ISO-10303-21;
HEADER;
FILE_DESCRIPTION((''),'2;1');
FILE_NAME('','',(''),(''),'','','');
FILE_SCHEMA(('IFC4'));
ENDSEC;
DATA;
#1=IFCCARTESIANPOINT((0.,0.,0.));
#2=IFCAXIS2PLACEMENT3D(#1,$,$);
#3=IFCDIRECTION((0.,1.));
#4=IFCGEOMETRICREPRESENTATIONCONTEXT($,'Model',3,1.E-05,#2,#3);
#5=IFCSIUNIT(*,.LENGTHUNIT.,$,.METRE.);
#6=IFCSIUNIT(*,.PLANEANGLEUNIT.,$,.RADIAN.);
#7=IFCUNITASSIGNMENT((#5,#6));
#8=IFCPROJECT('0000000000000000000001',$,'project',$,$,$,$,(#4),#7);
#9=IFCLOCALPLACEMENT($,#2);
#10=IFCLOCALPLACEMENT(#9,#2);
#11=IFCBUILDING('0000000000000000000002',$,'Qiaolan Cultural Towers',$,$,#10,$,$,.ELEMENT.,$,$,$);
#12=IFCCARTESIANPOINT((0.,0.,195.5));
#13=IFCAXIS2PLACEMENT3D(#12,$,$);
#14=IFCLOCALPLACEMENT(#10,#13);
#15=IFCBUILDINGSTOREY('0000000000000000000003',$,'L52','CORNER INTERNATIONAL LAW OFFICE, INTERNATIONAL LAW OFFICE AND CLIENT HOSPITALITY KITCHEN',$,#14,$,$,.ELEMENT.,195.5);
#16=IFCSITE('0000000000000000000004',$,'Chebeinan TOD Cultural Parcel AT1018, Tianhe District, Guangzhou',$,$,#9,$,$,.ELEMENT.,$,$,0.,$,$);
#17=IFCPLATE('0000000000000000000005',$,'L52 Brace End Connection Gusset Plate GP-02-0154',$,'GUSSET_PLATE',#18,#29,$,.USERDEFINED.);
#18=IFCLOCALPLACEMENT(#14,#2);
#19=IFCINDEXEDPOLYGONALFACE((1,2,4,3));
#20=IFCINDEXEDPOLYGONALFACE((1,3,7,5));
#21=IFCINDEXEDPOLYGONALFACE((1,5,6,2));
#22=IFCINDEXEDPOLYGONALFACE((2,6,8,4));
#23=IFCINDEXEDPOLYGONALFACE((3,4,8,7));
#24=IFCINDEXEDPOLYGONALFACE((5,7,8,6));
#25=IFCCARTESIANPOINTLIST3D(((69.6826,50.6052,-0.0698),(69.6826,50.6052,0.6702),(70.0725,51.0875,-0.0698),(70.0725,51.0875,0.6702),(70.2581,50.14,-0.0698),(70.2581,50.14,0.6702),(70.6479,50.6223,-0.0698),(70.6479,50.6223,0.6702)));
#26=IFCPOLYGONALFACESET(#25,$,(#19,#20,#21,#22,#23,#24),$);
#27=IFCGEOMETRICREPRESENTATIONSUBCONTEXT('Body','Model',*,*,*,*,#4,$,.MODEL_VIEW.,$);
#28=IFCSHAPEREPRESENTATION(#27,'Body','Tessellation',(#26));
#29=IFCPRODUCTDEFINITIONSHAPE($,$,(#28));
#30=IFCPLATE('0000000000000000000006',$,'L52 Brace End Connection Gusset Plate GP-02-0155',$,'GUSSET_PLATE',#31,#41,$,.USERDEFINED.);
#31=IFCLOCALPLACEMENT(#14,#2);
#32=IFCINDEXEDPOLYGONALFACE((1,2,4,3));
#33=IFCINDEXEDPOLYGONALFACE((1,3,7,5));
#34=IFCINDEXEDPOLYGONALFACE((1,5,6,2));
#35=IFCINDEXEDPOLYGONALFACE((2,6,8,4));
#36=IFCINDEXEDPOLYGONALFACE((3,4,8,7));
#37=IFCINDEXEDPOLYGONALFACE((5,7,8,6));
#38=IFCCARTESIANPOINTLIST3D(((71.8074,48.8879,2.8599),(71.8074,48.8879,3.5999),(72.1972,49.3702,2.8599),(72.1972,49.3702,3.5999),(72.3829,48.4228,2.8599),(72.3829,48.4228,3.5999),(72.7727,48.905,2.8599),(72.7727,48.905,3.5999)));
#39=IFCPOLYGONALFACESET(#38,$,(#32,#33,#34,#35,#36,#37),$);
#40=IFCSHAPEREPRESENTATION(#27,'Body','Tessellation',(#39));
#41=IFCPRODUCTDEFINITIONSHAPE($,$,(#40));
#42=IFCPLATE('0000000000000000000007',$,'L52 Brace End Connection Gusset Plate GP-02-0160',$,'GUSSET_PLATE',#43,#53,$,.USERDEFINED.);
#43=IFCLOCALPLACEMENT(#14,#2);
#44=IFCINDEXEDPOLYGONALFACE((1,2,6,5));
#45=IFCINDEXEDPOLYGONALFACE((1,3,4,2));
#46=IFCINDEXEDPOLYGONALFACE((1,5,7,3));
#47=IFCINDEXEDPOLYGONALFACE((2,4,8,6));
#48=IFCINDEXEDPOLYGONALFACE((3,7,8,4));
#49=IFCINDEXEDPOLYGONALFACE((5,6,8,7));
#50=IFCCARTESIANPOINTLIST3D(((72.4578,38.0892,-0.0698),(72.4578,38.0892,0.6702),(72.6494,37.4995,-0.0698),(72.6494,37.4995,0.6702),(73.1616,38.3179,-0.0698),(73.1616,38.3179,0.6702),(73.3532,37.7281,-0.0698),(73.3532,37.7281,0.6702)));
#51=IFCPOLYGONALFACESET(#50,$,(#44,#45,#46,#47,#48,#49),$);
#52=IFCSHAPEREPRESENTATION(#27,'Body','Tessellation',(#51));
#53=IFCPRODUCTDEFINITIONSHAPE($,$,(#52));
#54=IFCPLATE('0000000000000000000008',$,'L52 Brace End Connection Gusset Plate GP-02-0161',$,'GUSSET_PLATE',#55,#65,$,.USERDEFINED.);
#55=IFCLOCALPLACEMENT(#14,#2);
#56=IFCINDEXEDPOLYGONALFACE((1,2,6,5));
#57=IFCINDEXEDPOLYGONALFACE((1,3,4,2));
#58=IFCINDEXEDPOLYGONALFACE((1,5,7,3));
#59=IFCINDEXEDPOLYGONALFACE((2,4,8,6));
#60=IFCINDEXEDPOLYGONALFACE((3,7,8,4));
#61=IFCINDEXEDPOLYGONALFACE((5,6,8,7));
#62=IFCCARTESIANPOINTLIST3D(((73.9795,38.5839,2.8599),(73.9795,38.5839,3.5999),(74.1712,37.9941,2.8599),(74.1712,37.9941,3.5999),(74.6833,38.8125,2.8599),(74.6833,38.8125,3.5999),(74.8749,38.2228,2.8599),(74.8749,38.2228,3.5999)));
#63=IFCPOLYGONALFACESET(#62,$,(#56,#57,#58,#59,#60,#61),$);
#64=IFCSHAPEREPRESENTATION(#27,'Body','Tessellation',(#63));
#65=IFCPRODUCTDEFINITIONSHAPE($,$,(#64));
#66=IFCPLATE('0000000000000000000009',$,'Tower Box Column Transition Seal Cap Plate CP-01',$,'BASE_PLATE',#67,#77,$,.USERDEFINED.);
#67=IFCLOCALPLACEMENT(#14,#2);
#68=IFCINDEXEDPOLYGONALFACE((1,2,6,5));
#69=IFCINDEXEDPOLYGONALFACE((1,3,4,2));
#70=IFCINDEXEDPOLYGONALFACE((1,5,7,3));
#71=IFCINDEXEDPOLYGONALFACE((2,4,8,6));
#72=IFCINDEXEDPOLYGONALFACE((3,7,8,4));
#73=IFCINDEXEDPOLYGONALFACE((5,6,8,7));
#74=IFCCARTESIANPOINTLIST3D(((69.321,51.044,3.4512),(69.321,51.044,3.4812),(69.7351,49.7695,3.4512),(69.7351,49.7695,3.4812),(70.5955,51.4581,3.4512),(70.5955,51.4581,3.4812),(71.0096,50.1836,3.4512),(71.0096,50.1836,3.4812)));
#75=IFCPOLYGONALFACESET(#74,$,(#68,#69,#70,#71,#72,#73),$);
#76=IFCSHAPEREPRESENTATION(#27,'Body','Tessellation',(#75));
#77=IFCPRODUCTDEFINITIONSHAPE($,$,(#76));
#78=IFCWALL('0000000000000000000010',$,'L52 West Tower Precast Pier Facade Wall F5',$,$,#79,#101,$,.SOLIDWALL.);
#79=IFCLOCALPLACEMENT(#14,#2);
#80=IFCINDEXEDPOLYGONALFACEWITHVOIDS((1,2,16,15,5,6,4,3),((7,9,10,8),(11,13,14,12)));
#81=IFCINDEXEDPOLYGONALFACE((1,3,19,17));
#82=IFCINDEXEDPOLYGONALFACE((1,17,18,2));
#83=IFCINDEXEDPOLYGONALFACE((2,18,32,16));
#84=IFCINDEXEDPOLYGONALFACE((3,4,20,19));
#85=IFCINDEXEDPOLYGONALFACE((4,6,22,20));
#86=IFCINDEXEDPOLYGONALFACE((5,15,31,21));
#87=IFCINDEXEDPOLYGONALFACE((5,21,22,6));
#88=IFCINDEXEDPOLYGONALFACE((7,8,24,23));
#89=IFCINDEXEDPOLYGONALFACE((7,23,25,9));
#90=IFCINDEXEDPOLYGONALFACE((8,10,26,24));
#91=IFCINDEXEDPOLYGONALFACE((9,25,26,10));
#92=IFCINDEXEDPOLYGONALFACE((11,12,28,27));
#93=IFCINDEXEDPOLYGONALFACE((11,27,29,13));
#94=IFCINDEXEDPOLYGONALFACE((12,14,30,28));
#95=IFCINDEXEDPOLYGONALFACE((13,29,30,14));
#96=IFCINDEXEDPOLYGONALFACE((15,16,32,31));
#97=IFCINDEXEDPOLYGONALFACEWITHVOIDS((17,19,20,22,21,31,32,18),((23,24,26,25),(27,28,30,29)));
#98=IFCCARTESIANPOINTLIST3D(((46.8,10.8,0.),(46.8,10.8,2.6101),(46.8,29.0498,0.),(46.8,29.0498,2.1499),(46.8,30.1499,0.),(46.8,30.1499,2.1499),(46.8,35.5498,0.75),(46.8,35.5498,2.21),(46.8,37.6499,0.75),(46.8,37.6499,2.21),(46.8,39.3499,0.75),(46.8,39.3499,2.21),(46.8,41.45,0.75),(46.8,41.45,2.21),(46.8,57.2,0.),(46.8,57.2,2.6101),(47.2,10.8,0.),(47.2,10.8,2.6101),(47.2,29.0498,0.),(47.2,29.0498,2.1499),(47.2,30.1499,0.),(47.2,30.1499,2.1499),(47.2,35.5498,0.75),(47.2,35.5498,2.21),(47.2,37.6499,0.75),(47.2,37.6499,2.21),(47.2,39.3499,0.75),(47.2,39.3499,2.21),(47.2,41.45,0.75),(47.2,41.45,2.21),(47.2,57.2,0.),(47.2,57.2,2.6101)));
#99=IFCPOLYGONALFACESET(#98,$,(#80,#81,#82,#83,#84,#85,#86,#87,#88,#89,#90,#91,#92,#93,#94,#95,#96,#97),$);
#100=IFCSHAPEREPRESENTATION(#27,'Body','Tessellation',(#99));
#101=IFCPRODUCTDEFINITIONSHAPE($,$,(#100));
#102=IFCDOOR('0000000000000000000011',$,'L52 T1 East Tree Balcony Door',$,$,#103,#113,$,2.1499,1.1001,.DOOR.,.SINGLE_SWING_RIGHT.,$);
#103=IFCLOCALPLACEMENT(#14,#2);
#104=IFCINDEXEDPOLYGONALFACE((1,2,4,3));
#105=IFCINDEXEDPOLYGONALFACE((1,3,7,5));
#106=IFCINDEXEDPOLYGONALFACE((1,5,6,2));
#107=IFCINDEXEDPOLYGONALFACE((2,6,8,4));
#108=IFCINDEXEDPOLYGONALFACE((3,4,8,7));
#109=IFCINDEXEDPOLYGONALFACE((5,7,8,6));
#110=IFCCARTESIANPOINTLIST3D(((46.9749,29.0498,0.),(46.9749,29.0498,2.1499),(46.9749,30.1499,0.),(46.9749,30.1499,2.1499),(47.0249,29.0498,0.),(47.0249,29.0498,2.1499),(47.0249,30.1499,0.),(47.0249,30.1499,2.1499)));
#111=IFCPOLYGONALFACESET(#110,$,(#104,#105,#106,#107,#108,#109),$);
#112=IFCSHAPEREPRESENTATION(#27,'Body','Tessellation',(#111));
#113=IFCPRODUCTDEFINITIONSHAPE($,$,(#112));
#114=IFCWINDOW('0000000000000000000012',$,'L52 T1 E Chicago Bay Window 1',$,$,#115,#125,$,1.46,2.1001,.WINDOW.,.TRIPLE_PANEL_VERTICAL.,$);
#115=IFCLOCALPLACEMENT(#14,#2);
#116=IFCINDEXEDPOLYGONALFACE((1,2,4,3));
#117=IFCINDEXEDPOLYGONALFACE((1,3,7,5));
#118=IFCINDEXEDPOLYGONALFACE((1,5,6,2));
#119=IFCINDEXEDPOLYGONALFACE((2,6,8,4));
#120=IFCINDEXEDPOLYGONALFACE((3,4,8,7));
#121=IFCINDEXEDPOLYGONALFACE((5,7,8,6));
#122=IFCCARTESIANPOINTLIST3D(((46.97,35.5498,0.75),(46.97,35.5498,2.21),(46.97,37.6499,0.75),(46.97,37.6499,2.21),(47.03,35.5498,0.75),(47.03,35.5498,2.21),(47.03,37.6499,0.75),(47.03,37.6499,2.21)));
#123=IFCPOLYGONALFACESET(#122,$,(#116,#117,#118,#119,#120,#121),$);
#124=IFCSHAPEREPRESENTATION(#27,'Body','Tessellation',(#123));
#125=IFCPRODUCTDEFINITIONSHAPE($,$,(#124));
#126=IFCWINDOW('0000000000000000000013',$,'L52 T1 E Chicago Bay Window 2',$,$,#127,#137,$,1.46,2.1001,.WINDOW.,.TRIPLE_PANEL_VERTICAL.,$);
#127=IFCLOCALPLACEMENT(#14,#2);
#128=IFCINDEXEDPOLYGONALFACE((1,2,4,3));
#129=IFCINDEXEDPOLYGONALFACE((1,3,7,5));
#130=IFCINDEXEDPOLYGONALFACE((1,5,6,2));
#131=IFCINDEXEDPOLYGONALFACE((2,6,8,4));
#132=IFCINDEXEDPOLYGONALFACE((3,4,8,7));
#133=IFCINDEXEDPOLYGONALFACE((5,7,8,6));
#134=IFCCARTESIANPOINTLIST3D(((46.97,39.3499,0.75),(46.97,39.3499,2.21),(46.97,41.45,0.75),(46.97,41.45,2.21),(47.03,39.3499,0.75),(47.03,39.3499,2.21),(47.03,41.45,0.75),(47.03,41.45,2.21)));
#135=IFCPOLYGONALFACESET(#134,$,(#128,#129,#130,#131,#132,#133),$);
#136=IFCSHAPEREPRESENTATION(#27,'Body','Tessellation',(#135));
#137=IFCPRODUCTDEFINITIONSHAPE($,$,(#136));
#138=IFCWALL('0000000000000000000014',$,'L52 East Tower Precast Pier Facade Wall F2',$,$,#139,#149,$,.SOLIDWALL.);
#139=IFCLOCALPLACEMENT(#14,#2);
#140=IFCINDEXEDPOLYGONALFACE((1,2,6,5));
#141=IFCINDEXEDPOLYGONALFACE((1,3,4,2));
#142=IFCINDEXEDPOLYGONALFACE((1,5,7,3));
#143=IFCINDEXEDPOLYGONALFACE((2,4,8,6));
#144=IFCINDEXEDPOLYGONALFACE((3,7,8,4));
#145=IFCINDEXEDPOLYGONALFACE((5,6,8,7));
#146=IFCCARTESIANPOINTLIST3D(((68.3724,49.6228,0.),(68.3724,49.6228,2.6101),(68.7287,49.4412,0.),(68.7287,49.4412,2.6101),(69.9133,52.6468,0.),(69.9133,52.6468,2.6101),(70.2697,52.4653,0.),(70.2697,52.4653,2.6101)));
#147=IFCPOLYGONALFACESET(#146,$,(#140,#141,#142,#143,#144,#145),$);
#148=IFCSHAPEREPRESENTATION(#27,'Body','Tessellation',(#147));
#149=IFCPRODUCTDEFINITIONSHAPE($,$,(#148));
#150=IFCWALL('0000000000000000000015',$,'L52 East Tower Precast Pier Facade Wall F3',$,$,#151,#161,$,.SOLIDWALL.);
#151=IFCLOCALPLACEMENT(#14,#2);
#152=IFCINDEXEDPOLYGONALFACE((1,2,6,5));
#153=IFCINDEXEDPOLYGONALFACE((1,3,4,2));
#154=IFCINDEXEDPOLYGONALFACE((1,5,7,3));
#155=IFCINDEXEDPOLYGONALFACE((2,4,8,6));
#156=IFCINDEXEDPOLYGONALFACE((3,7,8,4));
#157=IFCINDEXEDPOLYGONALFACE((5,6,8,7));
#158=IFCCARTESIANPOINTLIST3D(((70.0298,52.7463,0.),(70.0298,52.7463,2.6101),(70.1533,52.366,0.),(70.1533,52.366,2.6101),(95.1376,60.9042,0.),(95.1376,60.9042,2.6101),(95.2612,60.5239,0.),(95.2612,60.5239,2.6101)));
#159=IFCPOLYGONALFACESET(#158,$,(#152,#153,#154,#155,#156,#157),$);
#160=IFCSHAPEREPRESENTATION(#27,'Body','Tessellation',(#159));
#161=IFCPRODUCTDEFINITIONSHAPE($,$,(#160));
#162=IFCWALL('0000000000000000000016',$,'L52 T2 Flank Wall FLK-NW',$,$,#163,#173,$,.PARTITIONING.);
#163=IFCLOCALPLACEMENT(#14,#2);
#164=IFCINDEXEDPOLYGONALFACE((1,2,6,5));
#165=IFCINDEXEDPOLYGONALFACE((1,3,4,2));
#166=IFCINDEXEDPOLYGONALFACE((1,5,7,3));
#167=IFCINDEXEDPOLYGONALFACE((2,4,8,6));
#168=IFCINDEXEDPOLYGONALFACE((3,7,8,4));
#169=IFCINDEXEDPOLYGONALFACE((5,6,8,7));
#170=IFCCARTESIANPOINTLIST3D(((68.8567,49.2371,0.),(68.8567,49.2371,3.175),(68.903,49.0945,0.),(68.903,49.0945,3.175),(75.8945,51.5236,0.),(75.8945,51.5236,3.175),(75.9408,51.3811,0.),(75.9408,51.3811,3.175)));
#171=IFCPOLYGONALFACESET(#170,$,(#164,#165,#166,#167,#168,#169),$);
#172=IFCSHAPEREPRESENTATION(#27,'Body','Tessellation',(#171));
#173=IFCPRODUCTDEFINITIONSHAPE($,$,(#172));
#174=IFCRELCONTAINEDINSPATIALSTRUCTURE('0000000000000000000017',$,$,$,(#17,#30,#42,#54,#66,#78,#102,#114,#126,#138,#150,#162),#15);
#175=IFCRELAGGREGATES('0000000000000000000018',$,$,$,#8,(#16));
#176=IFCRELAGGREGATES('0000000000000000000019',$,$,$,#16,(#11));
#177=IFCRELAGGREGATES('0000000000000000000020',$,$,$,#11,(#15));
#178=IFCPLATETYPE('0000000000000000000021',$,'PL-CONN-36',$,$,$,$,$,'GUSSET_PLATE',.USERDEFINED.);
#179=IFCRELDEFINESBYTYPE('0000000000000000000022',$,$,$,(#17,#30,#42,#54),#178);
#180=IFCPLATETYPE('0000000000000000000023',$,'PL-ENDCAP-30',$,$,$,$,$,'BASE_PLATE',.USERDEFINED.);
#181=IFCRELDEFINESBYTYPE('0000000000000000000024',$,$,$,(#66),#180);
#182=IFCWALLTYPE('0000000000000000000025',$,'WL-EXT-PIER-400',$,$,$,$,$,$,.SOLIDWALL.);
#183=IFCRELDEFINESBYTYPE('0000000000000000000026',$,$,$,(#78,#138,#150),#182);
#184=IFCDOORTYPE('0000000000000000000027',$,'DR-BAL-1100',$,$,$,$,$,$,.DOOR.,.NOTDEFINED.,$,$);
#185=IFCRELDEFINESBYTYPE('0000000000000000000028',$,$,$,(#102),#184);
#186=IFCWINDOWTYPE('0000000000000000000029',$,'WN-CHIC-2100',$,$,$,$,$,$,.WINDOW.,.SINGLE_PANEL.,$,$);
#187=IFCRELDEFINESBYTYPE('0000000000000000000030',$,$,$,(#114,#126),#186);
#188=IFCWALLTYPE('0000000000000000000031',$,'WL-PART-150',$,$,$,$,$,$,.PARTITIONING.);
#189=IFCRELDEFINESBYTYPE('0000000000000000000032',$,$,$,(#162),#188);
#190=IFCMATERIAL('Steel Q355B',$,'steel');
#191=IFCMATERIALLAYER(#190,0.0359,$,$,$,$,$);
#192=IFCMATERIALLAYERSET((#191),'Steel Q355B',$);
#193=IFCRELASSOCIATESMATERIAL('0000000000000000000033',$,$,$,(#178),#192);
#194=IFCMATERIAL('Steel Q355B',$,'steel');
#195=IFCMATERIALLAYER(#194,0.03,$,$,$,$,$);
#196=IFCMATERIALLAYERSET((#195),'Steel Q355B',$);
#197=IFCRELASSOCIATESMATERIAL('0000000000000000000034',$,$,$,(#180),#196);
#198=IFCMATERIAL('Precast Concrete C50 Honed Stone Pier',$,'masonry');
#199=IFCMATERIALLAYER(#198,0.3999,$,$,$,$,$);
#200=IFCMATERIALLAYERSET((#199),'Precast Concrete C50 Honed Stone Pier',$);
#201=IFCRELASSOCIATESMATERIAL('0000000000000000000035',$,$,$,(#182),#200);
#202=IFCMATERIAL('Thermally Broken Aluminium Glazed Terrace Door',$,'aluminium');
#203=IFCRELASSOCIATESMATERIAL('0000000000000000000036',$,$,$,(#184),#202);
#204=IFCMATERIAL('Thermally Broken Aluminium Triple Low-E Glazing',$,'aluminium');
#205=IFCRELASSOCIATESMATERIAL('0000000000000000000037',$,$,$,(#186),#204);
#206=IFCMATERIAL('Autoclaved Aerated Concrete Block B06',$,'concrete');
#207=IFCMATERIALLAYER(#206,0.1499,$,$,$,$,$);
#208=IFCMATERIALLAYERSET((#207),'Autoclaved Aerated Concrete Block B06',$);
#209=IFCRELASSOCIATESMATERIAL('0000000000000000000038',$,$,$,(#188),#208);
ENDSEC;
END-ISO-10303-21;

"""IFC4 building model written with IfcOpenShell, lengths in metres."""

from ifc_helpers import new_model, si_unit, direction, frame, frame_2d, origin, origin_2d, place, context, subcontext, project, spatial, rectangle, extrude, material, layer, layer_set, type_object, element, fill, save


model = new_model("IFC4")

# Units and contexts
model_context = context("Model", 3, precision=1e-05, world=origin(), true_north=direction((0.0, 1.0)))
body_context = subcontext(model_context, "Body", "Model", "MODEL_VIEW")
ifc_project = project(units=[si_unit("LENGTHUNIT", "METRE"), si_unit("PLANEANGLEUNIT", "RADIAN")], contexts=[model_context])

# Site, building, storey
site_placement = place(None, origin())
site = spatial("IfcSite", under=ifc_project, at=site_placement, Name="Chebeinan TOD Cultural Parcel AT1018, Tianhe District, Guangzhou", CompositionType="ELEMENT", RefElevation=0.0)
building_placement = place(site_placement, origin())
building = spatial("IfcBuilding", under=site, at=building_placement, Name="Qiaolan Cultural Towers", CompositionType="ELEMENT")
storey_placement = place(building_placement, frame((0.0, 0.0, 195.5)))
storey = spatial("IfcBuildingStorey", under=building, at=storey_placement, Name="L52", Description="CORNER INTERNATIONAL LAW OFFICE, INTERNATIONAL LAW OFFICE AND CLIENT HOSPITALITY KITCHEN", CompositionType="ELEMENT", Elevation=195.5)

# Plates
ifc_material_1 = material(Name="Steel Q355B", Category="steel")
ifc_layer_1 = layer(ifc_material_1, 0.0359)
ifc_layer_set_1 = layer_set([ifc_layer_1], Name="Steel Q355B")
plate_type_1 = type_object("IfcPlateType", Name="PL-CONN-36", ElementType="GUSSET_PLATE", PredefinedType="USERDEFINED", material=ifc_layer_set_1)
for number, where, z_axis, x_axis, name in (
    (1, (70.1653, 50.6138, -0.0698), (0.0, 0.0, 1.0), (-0.777698, 0.628639, 0.0), "L52 Brace End Connection Gusset Plate GP-02-0154"),
    (2, (72.29, 48.8965, 2.8599), (0.0, 0.0, 1.0), (-0.777698, 0.628639, 0.0), "L52 Brace End Connection Gusset Plate GP-02-0155"),
    (3, (72.9055, 37.9087, -0.0698), (0.0, 0.0, 1.0), (0.951057, 0.309017, 0.0), "L52 Brace End Connection Gusset Plate GP-02-0160"),
    (4, (74.4272, 38.4033, 2.8599), (0.0, 0.0, 1.0), (0.951057, 0.309017, 0.0), "L52 Brace End Connection Gusset Plate GP-02-0161"),
):
    element("IfcPlate", number, at=place(storey_placement, frame(where, z_axis=z_axis, x_axis=x_axis)), inside=storey, type_object=plate_type_1, Name=name, ObjectType="GUSSET_PLATE", PredefinedType="USERDEFINED", context=body_context, shape_type="SweptSolid", body=[
        extrude(rectangle(XDim=0.74, YDim=0.6201, at=origin_2d()), origin(), (0.0, 0.0, 1.0), 0.74),
    ])
ifc_material_2 = material(Name="Steel Q355B", Category="steel")
ifc_layer_2 = layer(ifc_material_2, 0.03)
ifc_layer_set_2 = layer_set([ifc_layer_2], Name="Steel Q355B")
plate_type_2 = type_object("IfcPlateType", Name="PL-ENDCAP-30", ElementType="BASE_PLATE", PredefinedType="USERDEFINED", material=ifc_layer_set_2)
plate_placement = place(storey_placement, frame((70.1653, 50.6138, 3.4512), z_axis=(0.0, 0.0, 1.0), x_axis=(0.951057, 0.309017, 0.0)))
element("IfcPlate", 5, at=plate_placement, inside=storey, type_object=plate_type_2, Name="Tower Box Column Transition Seal Cap Plate CP-01", ObjectType="BASE_PLATE", PredefinedType="USERDEFINED", context=body_context, shape_type="SweptSolid", body=[
    extrude(rectangle(XDim=1.3401, YDim=1.3401, at=origin_2d()), origin(), (0.0, 0.0, 1.0), 0.03),
])

# Wall, openings, door, windows
ifc_material_3 = material(Name="Precast Concrete C50 Honed Stone Pier", Category="masonry")
ifc_layer_3 = layer(ifc_material_3, 0.3999)
ifc_layer_set_3 = layer_set([ifc_layer_3], Name="Precast Concrete C50 Honed Stone Pier")
wall_type_1 = type_object("IfcWallType", Name="WL-EXT-PIER-400", PredefinedType="SOLIDWALL", material=ifc_layer_set_3)
wall_1_placement = place(storey_placement, frame((47.0, 57.2, 0.0), z_axis=(0.0, 0.0, 1.0), x_axis=(0.0, -1.0, 0.0)))
wall_1 = element("IfcWall", 6, at=wall_1_placement, inside=storey, type_object=wall_type_1, Name="L52 West Tower Precast Pier Facade Wall F5", PredefinedType="SOLIDWALL", context=body_context, shape_type="SweptSolid", body=[
    extrude(rectangle(XDim=46.3999, YDim=0.3999, at=frame_2d((23.2, 0.0))), origin(), (0.0, 0.0, 1.0), 2.6101),
])
opening_1_placement = place(wall_1_placement, frame((19.55, 0.0, 0.75)))
opening_1 = element("IfcOpeningElement", 7, at=opening_1_placement, cuts=wall_1, PredefinedType="OPENING", context=body_context, shape_type="SweptSolid", body=[
    extrude(rectangle(XDim=2.1001, YDim=1.46, at=frame_2d((1.05, 0.73))), frame((0.0, 0.21, 0.0), z_axis=(0.0, -1.0, 0.0), x_axis=(1.0, 0.0, 0.0)), (0.0, 0.0, 1.0), 0.4199),
])
opening_2_placement = place(wall_1_placement, frame((15.75, 0.0, 0.75)))
opening_2 = element("IfcOpeningElement", 8, at=opening_2_placement, cuts=wall_1, PredefinedType="OPENING", context=body_context, shape_type="SweptSolid", body=[
    extrude(rectangle(XDim=2.1001, YDim=1.46, at=frame_2d((1.05, 0.73))), frame((0.0, 0.21, 0.0), z_axis=(0.0, -1.0, 0.0), x_axis=(1.0, 0.0, 0.0)), (0.0, 0.0, 1.0), 0.4199),
])
opening_3_placement = place(wall_1_placement, frame((27.05, 0.0, 0.0)))
opening_3 = element("IfcOpeningElement", 9, at=opening_3_placement, cuts=wall_1, PredefinedType="OPENING", context=body_context, shape_type="SweptSolid", body=[
    extrude(rectangle(XDim=1.1001, YDim=2.1499, at=frame_2d((0.55, 1.075))), frame((0.0, 0.21, 0.0), z_axis=(0.0, -1.0, 0.0), x_axis=(1.0, 0.0, 0.0)), (0.0, 0.0, 1.0), 0.4199),
])
ifc_material_4 = material(Name="Thermally Broken Aluminium Glazed Terrace Door", Category="aluminium")
door_type_1 = type_object("IfcDoorType", Name="DR-BAL-1100", OperationType="NOTDEFINED", PredefinedType="DOOR", material=ifc_material_4)
door_1_placement = place(opening_3_placement, origin())
door_1 = element("IfcDoor", 10, at=door_1_placement, inside=storey, type_object=door_type_1, Name="L52 T1 East Tree Balcony Door", OperationType="SINGLE_SWING_RIGHT", OverallHeight=2.1499, OverallWidth=1.1001, PredefinedType="DOOR", context=body_context, shape_type="SweptSolid", body=[
    extrude(rectangle(XDim=1.1001, YDim=2.1499, at=frame_2d((0.55, 1.075))), frame((0.0, 0.0249, 0.0), z_axis=(0.0, -1.0, 0.0), x_axis=(1.0, 0.0, 0.0)), (0.0, 0.0, 1.0), 0.05),
])
fill(opening_3, door_1)
ifc_material_5 = material(Name="Thermally Broken Aluminium Triple Low-E Glazing", Category="aluminium")
window_type = type_object("IfcWindowType", Name="WN-CHIC-2100", PartitioningType="SINGLE_PANEL", PredefinedType="WINDOW", material=ifc_material_5)
window_1_placement = place(opening_1_placement, origin())
window_1 = element("IfcWindow", 11, at=window_1_placement, inside=storey, type_object=window_type, Name="L52 T1 E Chicago Bay Window 1", OverallHeight=1.46, OverallWidth=2.1001, PartitioningType="TRIPLE_PANEL_VERTICAL", PredefinedType="WINDOW", context=body_context, shape_type="SweptSolid", body=[
    extrude(rectangle(XDim=2.1001, YDim=1.46, at=frame_2d((1.05, 0.73))), frame((0.0, 0.03, 0.0), z_axis=(0.0, -1.0, 0.0), x_axis=(1.0, 0.0, 0.0)), (0.0, 0.0, 1.0), 0.0601),
])
fill(opening_1, window_1)
window_2_placement = place(opening_2_placement, origin())
window_2 = element("IfcWindow", 12, at=window_2_placement, inside=storey, type_object=window_type, Name="L52 T1 E Chicago Bay Window 2", OverallHeight=1.46, OverallWidth=2.1001, PartitioningType="TRIPLE_PANEL_VERTICAL", PredefinedType="WINDOW", context=body_context, shape_type="SweptSolid", body=[
    extrude(rectangle(XDim=2.1001, YDim=1.46, at=frame_2d((1.05, 0.73))), frame((0.0, 0.03, 0.0), z_axis=(0.0, -1.0, 0.0), x_axis=(1.0, 0.0, 0.0)), (0.0, 0.0, 1.0), 0.0601),
])
fill(opening_2, window_2)

# Walls
wall_2_placement = place(storey_placement, frame((68.5505, 49.532, 0.0), z_axis=(0.0, 0.0, 1.0), x_axis=(0.45402, 0.890992, 0.0)))
element("IfcWall", 13, at=wall_2_placement, inside=storey, type_object=wall_type_1, Name="L52 East Tower Precast Pier Facade Wall F2", PredefinedType="SOLIDWALL", context=body_context, shape_type="SweptSolid", body=[
    extrude(rectangle(XDim=3.394, YDim=0.3999, at=frame_2d((1.697, 0.0))), origin(), (0.0, 0.0, 1.0), 2.6101),
])
wall_3_placement = place(storey_placement, frame((70.0916, 52.5562, 0.0), z_axis=(0.0, 0.0, 1.0), x_axis=(0.951058, 0.309014, 0.0)))
element("IfcWall", 14, at=wall_3_placement, inside=storey, type_object=wall_type_1, Name="L52 East Tower Precast Pier Facade Wall F3", PredefinedType="SOLIDWALL", context=body_context, shape_type="SweptSolid", body=[
    extrude(rectangle(XDim=26.3999, YDim=0.3999, at=frame_2d((13.2, 0.0))), origin(), (0.0, 0.0, 1.0), 2.6101),
])
ifc_material_6 = material(Name="Autoclaved Aerated Concrete Block B06", Category="concrete")
ifc_layer_4 = layer(ifc_material_6, 0.1499)
ifc_layer_set_4 = layer_set([ifc_layer_4], Name="Autoclaved Aerated Concrete Block B06")
wall_type_2 = type_object("IfcWallType", Name="WL-PART-150", PredefinedType="PARTITIONING", material=ifc_layer_set_4)
wall_4_placement = place(storey_placement, frame((68.8799, 49.1658, 0.0), z_axis=(0.0, 0.0, 1.0), x_axis=(0.951061, 0.309003, 0.0)))
element("IfcWall", 15, at=wall_4_placement, inside=storey, type_object=wall_type_2, Name="L52 T2 Flank Wall FLK-NW", PredefinedType="PARTITIONING", context=body_context, shape_type="SweptSolid", body=[
    extrude(rectangle(XDim=7.3999, YDim=0.1499, at=frame_2d((3.7, 0.0))), origin(), (0.0, 0.0, 1.0), 3.175),
])

save(model, "model.ifc")
